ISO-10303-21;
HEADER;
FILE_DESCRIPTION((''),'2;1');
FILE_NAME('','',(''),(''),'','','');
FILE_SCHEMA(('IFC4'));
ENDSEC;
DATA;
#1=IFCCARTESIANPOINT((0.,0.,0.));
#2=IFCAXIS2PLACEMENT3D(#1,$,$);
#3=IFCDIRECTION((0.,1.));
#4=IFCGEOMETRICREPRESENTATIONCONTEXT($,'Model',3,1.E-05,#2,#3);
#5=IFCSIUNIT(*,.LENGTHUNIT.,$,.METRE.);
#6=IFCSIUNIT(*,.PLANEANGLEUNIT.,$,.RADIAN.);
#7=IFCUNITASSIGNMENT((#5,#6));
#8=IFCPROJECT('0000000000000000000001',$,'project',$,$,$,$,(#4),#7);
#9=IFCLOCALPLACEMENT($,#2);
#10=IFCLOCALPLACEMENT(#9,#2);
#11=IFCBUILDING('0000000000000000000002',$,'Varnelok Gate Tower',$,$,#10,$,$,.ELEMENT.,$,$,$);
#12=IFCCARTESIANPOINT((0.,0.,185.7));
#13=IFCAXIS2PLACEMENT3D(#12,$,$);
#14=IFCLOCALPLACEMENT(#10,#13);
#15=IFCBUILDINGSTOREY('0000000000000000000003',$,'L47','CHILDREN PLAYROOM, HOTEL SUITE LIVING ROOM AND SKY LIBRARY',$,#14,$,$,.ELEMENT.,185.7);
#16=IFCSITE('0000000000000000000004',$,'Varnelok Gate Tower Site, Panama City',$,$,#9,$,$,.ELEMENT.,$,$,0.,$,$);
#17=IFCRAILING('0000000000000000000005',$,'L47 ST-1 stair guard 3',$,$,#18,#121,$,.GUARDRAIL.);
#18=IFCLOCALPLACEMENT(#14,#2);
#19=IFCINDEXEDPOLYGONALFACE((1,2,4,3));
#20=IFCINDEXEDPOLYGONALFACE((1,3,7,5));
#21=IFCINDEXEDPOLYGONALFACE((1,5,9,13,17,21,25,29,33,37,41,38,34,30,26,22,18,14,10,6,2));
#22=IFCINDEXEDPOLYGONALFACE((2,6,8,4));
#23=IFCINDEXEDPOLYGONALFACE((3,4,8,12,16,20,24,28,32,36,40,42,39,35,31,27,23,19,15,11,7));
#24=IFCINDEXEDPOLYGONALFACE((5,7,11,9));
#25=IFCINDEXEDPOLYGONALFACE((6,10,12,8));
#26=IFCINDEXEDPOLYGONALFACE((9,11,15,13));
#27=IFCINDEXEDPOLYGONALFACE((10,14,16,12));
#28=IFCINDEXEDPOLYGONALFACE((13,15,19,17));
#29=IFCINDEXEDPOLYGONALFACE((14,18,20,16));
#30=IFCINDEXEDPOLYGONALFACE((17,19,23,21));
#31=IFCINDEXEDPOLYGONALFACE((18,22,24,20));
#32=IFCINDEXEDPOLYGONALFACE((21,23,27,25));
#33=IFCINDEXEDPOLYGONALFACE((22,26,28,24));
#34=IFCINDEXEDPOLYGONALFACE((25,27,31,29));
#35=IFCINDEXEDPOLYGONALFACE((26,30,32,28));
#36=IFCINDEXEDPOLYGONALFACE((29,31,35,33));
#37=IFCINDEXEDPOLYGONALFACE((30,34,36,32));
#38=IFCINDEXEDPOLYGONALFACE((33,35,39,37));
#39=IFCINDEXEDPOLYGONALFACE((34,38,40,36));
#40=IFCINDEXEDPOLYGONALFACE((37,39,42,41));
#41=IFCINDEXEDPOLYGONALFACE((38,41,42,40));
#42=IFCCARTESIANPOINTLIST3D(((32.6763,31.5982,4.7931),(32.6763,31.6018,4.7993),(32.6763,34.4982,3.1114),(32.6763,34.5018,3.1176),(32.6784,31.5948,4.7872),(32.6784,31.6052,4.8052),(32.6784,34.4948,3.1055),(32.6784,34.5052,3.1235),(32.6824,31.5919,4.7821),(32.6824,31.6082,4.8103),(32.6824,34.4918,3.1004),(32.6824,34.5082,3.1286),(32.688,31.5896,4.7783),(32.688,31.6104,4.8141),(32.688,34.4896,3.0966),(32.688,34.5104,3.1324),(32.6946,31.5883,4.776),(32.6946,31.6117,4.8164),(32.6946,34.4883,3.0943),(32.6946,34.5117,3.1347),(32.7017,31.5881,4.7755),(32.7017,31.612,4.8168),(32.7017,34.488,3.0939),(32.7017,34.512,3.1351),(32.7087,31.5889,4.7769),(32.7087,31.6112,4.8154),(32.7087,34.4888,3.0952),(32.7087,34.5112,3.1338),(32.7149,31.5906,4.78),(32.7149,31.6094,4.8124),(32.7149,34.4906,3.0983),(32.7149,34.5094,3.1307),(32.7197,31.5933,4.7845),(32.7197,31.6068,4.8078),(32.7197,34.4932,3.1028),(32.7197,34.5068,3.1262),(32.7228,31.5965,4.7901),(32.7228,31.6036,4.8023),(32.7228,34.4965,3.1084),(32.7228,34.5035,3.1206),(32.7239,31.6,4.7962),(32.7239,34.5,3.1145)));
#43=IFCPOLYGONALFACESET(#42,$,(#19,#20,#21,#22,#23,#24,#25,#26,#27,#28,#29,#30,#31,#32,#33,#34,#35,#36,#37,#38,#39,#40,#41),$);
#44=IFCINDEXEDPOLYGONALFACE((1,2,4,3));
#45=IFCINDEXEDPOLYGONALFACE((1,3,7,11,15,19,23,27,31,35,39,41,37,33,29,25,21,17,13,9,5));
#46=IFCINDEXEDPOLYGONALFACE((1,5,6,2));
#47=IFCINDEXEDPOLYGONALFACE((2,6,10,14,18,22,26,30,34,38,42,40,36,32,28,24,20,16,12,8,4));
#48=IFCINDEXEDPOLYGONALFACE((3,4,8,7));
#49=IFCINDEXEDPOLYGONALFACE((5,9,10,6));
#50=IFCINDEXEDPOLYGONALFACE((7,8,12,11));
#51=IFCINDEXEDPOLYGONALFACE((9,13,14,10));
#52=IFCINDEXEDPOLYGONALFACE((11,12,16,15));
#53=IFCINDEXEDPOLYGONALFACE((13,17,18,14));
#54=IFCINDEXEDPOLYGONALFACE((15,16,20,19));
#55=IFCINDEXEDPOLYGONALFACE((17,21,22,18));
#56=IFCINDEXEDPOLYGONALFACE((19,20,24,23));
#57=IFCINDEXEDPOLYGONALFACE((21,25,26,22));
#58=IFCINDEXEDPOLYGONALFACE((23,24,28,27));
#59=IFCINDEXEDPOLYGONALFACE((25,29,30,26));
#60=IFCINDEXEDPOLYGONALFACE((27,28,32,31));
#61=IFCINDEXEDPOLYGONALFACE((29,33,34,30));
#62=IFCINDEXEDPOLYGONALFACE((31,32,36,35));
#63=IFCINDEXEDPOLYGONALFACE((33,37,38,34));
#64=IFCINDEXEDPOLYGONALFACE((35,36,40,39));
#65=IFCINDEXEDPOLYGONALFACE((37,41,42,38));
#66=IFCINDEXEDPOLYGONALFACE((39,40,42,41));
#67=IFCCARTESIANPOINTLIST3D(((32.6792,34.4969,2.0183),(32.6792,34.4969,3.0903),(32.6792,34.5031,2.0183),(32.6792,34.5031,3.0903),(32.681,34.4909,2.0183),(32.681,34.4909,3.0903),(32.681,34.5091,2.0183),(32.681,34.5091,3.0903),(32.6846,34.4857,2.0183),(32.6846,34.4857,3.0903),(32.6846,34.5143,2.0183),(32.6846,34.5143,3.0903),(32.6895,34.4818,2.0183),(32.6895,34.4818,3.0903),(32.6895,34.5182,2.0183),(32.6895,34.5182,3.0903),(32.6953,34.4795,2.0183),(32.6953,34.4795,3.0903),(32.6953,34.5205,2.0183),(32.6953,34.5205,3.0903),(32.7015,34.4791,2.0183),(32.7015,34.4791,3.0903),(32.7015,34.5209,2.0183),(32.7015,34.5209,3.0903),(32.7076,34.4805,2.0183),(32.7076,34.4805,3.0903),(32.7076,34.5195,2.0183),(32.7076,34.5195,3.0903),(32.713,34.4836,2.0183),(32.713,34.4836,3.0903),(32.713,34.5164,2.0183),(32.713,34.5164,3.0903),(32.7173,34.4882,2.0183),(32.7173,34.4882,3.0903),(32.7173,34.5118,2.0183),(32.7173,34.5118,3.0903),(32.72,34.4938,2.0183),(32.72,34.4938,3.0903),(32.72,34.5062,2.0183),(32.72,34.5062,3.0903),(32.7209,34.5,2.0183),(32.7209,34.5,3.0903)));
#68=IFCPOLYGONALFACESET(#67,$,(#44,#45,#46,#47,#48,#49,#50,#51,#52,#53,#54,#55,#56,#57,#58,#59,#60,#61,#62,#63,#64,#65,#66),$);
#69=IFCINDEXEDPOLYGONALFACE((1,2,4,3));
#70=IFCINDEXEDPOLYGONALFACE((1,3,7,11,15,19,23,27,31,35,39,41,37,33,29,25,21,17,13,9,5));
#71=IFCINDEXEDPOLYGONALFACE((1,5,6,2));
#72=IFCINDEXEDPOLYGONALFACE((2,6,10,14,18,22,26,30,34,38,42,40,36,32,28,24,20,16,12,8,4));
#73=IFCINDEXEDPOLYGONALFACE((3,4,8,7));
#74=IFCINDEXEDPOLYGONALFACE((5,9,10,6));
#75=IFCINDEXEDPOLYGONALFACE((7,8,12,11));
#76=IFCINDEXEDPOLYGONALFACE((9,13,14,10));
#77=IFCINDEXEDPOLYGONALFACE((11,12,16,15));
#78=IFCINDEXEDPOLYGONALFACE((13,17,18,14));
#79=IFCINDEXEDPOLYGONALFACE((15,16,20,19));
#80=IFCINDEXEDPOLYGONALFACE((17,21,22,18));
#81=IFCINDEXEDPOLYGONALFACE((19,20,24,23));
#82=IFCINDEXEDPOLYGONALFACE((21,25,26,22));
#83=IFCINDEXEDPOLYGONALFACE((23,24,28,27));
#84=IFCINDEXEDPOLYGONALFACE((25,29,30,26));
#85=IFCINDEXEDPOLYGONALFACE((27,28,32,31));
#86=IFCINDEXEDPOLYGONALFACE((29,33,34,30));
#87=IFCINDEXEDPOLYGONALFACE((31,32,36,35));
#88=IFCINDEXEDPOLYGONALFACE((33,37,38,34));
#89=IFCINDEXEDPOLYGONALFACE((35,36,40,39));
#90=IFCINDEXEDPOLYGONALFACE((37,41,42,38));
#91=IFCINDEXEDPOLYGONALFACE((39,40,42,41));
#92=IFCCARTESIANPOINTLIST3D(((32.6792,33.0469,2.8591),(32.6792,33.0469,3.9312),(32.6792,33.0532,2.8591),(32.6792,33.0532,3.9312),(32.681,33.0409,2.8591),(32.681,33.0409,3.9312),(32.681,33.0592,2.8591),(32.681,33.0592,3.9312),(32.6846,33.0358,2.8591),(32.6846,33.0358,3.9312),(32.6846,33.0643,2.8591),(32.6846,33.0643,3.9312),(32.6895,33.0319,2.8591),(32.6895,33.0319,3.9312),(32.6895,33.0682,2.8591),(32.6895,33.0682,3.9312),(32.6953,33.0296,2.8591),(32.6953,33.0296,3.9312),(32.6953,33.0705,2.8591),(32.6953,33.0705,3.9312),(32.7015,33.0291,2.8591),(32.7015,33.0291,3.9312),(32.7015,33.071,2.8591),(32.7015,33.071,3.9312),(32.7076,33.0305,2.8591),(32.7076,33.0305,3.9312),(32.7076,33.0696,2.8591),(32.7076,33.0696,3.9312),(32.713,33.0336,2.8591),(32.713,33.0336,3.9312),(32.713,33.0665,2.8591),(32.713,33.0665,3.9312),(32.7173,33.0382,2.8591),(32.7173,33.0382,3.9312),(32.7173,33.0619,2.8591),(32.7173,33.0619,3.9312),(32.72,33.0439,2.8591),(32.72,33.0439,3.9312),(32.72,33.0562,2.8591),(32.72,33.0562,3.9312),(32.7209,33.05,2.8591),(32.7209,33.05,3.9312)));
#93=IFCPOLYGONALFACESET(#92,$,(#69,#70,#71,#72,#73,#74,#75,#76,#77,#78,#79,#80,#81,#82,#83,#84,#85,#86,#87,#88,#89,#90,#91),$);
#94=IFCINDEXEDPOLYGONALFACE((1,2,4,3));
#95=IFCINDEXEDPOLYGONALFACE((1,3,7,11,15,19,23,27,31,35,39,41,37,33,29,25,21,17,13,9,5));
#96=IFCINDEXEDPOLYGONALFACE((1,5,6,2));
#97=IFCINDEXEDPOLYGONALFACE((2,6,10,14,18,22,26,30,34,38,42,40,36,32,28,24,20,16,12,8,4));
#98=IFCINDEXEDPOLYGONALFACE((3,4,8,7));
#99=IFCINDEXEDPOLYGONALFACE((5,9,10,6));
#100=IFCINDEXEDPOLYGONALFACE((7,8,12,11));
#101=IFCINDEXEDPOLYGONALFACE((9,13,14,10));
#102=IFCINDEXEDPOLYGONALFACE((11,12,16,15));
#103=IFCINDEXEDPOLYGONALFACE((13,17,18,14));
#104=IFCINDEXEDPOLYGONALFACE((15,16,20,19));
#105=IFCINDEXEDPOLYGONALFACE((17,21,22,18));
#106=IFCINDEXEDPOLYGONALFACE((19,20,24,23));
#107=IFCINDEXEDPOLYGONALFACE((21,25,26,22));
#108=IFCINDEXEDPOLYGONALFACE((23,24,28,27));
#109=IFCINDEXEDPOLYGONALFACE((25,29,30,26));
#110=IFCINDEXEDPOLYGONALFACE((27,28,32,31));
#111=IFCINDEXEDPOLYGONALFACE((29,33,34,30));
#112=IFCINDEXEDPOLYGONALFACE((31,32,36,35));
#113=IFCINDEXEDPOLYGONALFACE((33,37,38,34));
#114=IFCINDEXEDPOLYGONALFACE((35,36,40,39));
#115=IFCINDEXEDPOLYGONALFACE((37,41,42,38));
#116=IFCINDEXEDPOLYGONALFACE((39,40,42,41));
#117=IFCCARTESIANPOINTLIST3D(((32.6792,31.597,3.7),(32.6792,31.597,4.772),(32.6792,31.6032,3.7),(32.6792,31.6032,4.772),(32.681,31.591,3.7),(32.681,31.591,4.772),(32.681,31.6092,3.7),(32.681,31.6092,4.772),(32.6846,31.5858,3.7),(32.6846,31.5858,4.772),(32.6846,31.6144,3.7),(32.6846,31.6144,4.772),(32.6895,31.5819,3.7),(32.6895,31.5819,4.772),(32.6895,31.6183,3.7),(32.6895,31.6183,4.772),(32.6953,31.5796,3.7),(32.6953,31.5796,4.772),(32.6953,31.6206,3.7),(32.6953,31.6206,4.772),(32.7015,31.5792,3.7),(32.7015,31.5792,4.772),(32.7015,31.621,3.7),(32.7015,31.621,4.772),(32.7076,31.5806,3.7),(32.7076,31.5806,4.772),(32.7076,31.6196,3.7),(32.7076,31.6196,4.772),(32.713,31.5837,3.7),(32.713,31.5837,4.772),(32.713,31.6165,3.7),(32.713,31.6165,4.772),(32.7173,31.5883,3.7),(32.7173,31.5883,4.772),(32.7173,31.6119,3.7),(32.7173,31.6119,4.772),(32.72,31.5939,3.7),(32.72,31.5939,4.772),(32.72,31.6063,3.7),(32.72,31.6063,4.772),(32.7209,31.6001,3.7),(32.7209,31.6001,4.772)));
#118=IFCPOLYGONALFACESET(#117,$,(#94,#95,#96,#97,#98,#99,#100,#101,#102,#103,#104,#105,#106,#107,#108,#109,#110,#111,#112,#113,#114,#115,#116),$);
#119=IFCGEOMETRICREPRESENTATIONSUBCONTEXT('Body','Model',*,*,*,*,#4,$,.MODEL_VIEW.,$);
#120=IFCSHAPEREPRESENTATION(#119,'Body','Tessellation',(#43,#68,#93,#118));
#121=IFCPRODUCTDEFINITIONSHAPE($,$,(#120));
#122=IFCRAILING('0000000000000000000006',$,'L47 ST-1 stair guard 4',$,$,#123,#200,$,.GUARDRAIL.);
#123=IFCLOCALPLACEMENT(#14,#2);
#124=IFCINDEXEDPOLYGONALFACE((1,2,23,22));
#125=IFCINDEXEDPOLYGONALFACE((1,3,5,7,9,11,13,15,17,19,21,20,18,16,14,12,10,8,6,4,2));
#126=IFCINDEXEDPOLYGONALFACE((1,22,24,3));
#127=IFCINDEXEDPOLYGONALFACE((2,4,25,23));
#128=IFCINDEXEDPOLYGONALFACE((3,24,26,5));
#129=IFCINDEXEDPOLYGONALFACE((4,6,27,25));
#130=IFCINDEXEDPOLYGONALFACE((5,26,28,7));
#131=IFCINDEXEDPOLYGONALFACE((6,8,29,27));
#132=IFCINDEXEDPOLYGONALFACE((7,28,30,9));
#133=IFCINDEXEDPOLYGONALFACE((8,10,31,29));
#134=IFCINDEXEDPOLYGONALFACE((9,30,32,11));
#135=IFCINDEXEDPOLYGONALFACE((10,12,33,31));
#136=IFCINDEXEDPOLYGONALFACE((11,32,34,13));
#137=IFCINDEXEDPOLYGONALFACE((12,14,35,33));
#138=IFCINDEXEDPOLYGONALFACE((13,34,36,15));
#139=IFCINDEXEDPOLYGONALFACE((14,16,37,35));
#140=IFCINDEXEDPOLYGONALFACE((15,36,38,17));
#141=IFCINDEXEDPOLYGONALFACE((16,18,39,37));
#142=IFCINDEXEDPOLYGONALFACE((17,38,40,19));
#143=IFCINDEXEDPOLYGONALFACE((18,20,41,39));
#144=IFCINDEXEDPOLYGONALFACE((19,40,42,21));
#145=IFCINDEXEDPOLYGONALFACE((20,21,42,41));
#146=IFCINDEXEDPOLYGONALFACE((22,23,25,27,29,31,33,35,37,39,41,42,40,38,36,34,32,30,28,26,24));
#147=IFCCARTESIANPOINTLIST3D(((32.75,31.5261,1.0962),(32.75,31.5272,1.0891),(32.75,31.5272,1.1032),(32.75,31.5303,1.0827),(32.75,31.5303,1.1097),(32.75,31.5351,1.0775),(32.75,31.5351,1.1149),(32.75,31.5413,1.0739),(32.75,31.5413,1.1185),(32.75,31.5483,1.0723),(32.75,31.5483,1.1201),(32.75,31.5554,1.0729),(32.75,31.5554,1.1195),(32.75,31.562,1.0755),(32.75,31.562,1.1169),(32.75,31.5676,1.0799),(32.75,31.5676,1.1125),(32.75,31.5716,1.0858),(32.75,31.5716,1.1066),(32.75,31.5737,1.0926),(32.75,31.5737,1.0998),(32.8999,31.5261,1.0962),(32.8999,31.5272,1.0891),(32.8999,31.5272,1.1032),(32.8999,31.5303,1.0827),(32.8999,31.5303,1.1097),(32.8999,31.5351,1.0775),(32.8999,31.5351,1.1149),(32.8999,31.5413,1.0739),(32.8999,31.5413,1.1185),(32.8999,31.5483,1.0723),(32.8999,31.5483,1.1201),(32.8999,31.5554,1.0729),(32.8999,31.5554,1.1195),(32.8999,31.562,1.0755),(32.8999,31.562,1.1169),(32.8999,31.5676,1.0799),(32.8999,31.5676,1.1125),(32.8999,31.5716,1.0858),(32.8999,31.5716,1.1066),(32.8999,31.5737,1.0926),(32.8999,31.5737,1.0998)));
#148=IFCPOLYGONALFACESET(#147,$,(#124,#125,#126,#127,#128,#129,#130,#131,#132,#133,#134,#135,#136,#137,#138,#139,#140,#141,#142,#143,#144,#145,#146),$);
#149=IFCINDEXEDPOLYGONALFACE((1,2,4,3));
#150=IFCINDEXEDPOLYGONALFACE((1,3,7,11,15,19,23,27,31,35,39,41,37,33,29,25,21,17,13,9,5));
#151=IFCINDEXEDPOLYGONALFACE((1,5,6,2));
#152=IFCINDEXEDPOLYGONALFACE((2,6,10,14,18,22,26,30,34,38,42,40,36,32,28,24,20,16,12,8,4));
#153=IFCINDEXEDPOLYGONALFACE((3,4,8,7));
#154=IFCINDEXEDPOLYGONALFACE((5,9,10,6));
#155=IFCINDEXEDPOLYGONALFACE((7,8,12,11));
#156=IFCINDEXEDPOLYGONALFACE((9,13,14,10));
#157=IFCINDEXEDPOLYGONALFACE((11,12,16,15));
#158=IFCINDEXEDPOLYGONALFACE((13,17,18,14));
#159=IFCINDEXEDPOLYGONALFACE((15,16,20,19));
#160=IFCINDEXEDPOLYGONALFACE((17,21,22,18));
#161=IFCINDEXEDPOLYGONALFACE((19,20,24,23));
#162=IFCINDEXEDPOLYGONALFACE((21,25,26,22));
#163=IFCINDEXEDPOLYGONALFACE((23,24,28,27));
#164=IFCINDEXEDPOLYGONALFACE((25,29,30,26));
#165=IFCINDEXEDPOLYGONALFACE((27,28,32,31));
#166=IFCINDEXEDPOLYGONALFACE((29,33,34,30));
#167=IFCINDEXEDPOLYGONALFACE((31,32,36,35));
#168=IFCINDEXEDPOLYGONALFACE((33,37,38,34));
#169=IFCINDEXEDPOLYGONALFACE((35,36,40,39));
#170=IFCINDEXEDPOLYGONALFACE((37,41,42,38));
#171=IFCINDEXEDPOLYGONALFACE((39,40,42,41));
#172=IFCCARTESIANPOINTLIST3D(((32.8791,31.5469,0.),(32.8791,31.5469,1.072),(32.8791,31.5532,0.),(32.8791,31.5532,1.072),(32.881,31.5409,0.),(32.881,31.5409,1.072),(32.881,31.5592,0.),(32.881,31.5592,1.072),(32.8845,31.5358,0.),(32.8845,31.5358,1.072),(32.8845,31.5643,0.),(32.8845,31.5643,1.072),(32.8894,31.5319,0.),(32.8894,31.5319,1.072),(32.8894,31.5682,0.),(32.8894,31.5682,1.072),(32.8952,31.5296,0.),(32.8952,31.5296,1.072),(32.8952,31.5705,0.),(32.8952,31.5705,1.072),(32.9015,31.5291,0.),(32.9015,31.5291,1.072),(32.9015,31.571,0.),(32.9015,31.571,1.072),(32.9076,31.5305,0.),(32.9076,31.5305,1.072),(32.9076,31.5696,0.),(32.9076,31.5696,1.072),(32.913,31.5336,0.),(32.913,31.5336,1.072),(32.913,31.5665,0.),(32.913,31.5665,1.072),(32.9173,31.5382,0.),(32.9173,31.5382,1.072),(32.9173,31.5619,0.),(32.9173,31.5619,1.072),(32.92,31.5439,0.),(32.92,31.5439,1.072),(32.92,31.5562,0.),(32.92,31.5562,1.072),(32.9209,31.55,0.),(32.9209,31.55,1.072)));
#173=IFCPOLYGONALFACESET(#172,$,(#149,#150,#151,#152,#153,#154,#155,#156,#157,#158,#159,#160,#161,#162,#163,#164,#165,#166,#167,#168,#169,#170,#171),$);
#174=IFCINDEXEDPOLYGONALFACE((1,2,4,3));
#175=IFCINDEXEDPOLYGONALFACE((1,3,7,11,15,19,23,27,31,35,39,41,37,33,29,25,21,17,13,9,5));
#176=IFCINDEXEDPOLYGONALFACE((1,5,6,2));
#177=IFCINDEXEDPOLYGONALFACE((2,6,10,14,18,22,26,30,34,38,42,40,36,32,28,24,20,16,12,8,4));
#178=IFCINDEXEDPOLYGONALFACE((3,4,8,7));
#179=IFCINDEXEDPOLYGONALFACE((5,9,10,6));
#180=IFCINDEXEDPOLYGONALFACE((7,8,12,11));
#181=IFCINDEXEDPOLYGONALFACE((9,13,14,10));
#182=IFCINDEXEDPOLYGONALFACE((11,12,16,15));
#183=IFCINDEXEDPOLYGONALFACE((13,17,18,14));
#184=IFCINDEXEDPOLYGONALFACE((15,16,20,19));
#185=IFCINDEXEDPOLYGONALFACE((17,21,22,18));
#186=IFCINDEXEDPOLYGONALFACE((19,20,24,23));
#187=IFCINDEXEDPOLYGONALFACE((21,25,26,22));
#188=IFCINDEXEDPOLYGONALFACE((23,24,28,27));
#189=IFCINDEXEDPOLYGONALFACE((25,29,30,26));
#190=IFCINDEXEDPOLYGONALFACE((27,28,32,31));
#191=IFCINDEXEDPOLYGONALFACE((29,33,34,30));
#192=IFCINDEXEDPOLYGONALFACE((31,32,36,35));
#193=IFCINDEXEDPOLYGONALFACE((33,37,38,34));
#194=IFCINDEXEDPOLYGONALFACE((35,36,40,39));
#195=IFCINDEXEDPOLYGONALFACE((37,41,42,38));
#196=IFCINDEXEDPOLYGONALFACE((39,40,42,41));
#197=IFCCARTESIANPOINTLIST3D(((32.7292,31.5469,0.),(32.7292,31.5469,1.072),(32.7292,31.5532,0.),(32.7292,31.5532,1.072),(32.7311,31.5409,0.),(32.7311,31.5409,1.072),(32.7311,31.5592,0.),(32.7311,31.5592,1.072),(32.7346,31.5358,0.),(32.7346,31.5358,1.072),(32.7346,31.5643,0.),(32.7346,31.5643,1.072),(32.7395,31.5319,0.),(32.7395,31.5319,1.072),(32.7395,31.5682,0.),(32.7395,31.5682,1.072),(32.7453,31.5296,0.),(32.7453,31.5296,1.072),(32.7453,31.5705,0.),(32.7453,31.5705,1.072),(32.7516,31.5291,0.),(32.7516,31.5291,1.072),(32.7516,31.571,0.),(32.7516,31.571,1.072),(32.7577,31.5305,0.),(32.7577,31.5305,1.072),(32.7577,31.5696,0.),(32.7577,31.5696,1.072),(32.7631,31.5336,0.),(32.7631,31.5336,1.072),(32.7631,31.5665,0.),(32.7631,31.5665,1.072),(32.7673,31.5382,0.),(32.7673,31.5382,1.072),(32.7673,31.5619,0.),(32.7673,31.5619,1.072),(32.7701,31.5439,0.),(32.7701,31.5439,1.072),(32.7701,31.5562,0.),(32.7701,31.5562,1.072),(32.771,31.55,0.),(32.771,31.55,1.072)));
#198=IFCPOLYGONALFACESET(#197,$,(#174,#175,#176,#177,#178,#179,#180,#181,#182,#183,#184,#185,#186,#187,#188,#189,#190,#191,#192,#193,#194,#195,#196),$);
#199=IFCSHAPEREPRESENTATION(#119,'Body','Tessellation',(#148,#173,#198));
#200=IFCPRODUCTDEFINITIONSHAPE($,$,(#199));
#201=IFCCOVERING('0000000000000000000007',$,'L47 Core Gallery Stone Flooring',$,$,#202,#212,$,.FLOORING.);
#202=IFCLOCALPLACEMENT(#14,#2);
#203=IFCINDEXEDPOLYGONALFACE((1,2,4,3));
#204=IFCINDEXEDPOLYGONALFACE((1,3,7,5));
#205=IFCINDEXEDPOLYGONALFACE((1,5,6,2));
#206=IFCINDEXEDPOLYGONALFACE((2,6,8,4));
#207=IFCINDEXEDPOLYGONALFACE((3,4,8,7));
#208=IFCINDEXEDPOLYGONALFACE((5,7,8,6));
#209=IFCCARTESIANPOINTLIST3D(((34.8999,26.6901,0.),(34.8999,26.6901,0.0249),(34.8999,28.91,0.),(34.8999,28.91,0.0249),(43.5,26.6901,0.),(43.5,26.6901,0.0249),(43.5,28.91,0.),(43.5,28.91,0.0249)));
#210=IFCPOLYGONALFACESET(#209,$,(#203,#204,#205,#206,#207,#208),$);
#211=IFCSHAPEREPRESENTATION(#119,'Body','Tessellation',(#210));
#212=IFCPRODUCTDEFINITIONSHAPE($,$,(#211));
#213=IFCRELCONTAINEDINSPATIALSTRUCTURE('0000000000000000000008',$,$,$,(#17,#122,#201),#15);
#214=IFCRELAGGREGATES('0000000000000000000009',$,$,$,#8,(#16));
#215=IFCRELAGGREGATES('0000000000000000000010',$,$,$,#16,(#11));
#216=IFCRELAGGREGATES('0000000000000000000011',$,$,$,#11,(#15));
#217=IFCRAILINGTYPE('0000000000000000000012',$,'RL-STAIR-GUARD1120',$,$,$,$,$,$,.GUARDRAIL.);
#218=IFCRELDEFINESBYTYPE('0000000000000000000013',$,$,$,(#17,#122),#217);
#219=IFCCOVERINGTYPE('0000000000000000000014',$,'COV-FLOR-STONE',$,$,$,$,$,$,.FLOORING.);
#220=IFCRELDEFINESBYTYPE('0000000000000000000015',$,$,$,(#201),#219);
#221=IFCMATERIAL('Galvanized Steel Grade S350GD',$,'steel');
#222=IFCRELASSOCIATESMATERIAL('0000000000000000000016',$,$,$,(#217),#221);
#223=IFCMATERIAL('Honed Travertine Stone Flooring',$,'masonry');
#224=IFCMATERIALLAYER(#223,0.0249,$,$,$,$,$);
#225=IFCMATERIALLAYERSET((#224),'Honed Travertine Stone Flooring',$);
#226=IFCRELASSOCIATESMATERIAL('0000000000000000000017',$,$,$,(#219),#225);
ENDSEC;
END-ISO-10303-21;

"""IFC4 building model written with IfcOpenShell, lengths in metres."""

from ifc_helpers import new_model, si_unit, direction, frame, origin, origin_2d, place, context, subcontext, project, spatial, rectangle, circle, extrude, source, transform, mapped, material, layer, layer_set, type_object, element, save


model = new_model("IFC4")

# Units and contexts
model_context = context("Model", 3, precision=1e-05, world=origin(), true_north=direction((0.0, 1.0)))
body_context = subcontext(model_context, "Body", "Model", "MODEL_VIEW")
ifc_project = project(units=[si_unit("LENGTHUNIT", "METRE"), si_unit("PLANEANGLEUNIT", "RADIAN")], contexts=[model_context])

# Site, building, storey
site_placement = place(None, origin())
site = spatial("IfcSite", under=ifc_project, at=site_placement, Name="Varnelok Gate Tower Site, Panama City", CompositionType="ELEMENT", RefElevation=0.0)
building_placement = place(site_placement, origin())
building = spatial("IfcBuilding", under=site, at=building_placement, Name="Varnelok Gate Tower", CompositionType="ELEMENT")
storey_placement = place(building_placement, frame((0.0, 0.0, 185.7)))
storey = spatial("IfcBuildingStorey", under=building, at=storey_placement, Name="L47", Description="CHILDREN PLAYROOM, HOTEL SUITE LIVING ROOM AND SKY LIBRARY", CompositionType="ELEMENT", Elevation=185.7)

# Shared definitions
ifc_material_1 = material(Name="Galvanized Steel Grade S350GD", Category="steel")

# Railings
railing_type_1 = type_object("IfcRailingType", Name="RL-STAIR-GUARD1120", PredefinedType="GUARDRAIL", material=ifc_material_1)
railing_1_placement = place(storey_placement, frame((32.7, 34.5, 2.0183)))
element("IfcRailing", 1, at=railing_1_placement, inside=storey, type_object=railing_type_1, Name="L47 ST-1 stair guard 3", PredefinedType="GUARDRAIL", context=body_context, shape_type="SweptSolid", body=[
    extrude(circle(Radius=0.0239, at=origin_2d()), frame((0.0, 0.0, 1.0962), z_axis=(0.0, -0.86507, 0.501651), x_axis=(1.0, 0.0, 0.0)), (0.0, 0.0, 1.0), 3.3523),
    extrude(circle(Radius=0.021, at=origin_2d()), origin(), (0.0, 0.0, 1.0), 1.072),
    extrude(circle(Radius=0.021, at=origin_2d()), frame((0.0, -1.45, 0.8408)), (0.0, 0.0, 1.0), 1.072),
    extrude(circle(Radius=0.021, at=origin_2d()), frame((0.0, -2.8999, 1.6816)), (0.0, 0.0, 1.0), 1.072),
])
railing_2_placement = place(storey_placement, frame((32.8999, 31.55, 0.0)))
element("IfcRailing", 2, at=railing_2_placement, inside=storey, type_object=railing_type_1, Name="L47 ST-1 stair guard 4", PredefinedType="GUARDRAIL", context=body_context, shape_type="SweptSolid", body=[
    extrude(circle(Radius=0.0239, at=origin_2d()), frame((0.0, 0.0, 1.0962), z_axis=(-1.0, 0.0, 0.0), x_axis=(0.0, -1.0, 0.0)), (0.0, 0.0, 1.0), 0.1499),
    extrude(circle(Radius=0.021, at=origin_2d()), origin(), (0.0, 0.0, 1.0), 1.072),
    extrude(circle(Radius=0.021, at=origin_2d()), frame((-0.1499, 0.0, 0.0)), (0.0, 0.0, 1.0), 1.072),
])

# Covering
ifc_material_2 = material(Name="Honed Travertine Stone Flooring", Category="masonry")
ifc_layer_1 = layer(ifc_material_2, 0.0249)
ifc_layer_set_1 = layer_set([ifc_layer_1], Name="Honed Travertine Stone Flooring")
covering_type_1 = type_object("IfcCoveringType", Name="COV-FLOR-STONE", PredefinedType="FLOORING", material=ifc_layer_set_1)
shared_shape_1 = source(origin(), body_context, "Body", "SweptSolid", [
    extrude(rectangle(XDim=8.6001, YDim=2.22, at=origin_2d()), origin(), (0.0, 0.0, 1.0), 0.0249),
])
covering_1_placement = place(storey_placement, frame((39.2, 27.8, 0.0), z_axis=(0.0, 0.0, 1.0), x_axis=(1.0, 0.0, 0.0)))
element("IfcCovering", 3, at=covering_1_placement, inside=storey, type_object=covering_type_1, Name="L47 Core Gallery Stone Flooring", PredefinedType="FLOORING", context=body_context, shape_type="MappedRepresentation", body=[
    mapped(shared_shape_1, transform((0.0, 0.0, 0.0), scale=1.0)),
])

save(model, "model.ifc")
